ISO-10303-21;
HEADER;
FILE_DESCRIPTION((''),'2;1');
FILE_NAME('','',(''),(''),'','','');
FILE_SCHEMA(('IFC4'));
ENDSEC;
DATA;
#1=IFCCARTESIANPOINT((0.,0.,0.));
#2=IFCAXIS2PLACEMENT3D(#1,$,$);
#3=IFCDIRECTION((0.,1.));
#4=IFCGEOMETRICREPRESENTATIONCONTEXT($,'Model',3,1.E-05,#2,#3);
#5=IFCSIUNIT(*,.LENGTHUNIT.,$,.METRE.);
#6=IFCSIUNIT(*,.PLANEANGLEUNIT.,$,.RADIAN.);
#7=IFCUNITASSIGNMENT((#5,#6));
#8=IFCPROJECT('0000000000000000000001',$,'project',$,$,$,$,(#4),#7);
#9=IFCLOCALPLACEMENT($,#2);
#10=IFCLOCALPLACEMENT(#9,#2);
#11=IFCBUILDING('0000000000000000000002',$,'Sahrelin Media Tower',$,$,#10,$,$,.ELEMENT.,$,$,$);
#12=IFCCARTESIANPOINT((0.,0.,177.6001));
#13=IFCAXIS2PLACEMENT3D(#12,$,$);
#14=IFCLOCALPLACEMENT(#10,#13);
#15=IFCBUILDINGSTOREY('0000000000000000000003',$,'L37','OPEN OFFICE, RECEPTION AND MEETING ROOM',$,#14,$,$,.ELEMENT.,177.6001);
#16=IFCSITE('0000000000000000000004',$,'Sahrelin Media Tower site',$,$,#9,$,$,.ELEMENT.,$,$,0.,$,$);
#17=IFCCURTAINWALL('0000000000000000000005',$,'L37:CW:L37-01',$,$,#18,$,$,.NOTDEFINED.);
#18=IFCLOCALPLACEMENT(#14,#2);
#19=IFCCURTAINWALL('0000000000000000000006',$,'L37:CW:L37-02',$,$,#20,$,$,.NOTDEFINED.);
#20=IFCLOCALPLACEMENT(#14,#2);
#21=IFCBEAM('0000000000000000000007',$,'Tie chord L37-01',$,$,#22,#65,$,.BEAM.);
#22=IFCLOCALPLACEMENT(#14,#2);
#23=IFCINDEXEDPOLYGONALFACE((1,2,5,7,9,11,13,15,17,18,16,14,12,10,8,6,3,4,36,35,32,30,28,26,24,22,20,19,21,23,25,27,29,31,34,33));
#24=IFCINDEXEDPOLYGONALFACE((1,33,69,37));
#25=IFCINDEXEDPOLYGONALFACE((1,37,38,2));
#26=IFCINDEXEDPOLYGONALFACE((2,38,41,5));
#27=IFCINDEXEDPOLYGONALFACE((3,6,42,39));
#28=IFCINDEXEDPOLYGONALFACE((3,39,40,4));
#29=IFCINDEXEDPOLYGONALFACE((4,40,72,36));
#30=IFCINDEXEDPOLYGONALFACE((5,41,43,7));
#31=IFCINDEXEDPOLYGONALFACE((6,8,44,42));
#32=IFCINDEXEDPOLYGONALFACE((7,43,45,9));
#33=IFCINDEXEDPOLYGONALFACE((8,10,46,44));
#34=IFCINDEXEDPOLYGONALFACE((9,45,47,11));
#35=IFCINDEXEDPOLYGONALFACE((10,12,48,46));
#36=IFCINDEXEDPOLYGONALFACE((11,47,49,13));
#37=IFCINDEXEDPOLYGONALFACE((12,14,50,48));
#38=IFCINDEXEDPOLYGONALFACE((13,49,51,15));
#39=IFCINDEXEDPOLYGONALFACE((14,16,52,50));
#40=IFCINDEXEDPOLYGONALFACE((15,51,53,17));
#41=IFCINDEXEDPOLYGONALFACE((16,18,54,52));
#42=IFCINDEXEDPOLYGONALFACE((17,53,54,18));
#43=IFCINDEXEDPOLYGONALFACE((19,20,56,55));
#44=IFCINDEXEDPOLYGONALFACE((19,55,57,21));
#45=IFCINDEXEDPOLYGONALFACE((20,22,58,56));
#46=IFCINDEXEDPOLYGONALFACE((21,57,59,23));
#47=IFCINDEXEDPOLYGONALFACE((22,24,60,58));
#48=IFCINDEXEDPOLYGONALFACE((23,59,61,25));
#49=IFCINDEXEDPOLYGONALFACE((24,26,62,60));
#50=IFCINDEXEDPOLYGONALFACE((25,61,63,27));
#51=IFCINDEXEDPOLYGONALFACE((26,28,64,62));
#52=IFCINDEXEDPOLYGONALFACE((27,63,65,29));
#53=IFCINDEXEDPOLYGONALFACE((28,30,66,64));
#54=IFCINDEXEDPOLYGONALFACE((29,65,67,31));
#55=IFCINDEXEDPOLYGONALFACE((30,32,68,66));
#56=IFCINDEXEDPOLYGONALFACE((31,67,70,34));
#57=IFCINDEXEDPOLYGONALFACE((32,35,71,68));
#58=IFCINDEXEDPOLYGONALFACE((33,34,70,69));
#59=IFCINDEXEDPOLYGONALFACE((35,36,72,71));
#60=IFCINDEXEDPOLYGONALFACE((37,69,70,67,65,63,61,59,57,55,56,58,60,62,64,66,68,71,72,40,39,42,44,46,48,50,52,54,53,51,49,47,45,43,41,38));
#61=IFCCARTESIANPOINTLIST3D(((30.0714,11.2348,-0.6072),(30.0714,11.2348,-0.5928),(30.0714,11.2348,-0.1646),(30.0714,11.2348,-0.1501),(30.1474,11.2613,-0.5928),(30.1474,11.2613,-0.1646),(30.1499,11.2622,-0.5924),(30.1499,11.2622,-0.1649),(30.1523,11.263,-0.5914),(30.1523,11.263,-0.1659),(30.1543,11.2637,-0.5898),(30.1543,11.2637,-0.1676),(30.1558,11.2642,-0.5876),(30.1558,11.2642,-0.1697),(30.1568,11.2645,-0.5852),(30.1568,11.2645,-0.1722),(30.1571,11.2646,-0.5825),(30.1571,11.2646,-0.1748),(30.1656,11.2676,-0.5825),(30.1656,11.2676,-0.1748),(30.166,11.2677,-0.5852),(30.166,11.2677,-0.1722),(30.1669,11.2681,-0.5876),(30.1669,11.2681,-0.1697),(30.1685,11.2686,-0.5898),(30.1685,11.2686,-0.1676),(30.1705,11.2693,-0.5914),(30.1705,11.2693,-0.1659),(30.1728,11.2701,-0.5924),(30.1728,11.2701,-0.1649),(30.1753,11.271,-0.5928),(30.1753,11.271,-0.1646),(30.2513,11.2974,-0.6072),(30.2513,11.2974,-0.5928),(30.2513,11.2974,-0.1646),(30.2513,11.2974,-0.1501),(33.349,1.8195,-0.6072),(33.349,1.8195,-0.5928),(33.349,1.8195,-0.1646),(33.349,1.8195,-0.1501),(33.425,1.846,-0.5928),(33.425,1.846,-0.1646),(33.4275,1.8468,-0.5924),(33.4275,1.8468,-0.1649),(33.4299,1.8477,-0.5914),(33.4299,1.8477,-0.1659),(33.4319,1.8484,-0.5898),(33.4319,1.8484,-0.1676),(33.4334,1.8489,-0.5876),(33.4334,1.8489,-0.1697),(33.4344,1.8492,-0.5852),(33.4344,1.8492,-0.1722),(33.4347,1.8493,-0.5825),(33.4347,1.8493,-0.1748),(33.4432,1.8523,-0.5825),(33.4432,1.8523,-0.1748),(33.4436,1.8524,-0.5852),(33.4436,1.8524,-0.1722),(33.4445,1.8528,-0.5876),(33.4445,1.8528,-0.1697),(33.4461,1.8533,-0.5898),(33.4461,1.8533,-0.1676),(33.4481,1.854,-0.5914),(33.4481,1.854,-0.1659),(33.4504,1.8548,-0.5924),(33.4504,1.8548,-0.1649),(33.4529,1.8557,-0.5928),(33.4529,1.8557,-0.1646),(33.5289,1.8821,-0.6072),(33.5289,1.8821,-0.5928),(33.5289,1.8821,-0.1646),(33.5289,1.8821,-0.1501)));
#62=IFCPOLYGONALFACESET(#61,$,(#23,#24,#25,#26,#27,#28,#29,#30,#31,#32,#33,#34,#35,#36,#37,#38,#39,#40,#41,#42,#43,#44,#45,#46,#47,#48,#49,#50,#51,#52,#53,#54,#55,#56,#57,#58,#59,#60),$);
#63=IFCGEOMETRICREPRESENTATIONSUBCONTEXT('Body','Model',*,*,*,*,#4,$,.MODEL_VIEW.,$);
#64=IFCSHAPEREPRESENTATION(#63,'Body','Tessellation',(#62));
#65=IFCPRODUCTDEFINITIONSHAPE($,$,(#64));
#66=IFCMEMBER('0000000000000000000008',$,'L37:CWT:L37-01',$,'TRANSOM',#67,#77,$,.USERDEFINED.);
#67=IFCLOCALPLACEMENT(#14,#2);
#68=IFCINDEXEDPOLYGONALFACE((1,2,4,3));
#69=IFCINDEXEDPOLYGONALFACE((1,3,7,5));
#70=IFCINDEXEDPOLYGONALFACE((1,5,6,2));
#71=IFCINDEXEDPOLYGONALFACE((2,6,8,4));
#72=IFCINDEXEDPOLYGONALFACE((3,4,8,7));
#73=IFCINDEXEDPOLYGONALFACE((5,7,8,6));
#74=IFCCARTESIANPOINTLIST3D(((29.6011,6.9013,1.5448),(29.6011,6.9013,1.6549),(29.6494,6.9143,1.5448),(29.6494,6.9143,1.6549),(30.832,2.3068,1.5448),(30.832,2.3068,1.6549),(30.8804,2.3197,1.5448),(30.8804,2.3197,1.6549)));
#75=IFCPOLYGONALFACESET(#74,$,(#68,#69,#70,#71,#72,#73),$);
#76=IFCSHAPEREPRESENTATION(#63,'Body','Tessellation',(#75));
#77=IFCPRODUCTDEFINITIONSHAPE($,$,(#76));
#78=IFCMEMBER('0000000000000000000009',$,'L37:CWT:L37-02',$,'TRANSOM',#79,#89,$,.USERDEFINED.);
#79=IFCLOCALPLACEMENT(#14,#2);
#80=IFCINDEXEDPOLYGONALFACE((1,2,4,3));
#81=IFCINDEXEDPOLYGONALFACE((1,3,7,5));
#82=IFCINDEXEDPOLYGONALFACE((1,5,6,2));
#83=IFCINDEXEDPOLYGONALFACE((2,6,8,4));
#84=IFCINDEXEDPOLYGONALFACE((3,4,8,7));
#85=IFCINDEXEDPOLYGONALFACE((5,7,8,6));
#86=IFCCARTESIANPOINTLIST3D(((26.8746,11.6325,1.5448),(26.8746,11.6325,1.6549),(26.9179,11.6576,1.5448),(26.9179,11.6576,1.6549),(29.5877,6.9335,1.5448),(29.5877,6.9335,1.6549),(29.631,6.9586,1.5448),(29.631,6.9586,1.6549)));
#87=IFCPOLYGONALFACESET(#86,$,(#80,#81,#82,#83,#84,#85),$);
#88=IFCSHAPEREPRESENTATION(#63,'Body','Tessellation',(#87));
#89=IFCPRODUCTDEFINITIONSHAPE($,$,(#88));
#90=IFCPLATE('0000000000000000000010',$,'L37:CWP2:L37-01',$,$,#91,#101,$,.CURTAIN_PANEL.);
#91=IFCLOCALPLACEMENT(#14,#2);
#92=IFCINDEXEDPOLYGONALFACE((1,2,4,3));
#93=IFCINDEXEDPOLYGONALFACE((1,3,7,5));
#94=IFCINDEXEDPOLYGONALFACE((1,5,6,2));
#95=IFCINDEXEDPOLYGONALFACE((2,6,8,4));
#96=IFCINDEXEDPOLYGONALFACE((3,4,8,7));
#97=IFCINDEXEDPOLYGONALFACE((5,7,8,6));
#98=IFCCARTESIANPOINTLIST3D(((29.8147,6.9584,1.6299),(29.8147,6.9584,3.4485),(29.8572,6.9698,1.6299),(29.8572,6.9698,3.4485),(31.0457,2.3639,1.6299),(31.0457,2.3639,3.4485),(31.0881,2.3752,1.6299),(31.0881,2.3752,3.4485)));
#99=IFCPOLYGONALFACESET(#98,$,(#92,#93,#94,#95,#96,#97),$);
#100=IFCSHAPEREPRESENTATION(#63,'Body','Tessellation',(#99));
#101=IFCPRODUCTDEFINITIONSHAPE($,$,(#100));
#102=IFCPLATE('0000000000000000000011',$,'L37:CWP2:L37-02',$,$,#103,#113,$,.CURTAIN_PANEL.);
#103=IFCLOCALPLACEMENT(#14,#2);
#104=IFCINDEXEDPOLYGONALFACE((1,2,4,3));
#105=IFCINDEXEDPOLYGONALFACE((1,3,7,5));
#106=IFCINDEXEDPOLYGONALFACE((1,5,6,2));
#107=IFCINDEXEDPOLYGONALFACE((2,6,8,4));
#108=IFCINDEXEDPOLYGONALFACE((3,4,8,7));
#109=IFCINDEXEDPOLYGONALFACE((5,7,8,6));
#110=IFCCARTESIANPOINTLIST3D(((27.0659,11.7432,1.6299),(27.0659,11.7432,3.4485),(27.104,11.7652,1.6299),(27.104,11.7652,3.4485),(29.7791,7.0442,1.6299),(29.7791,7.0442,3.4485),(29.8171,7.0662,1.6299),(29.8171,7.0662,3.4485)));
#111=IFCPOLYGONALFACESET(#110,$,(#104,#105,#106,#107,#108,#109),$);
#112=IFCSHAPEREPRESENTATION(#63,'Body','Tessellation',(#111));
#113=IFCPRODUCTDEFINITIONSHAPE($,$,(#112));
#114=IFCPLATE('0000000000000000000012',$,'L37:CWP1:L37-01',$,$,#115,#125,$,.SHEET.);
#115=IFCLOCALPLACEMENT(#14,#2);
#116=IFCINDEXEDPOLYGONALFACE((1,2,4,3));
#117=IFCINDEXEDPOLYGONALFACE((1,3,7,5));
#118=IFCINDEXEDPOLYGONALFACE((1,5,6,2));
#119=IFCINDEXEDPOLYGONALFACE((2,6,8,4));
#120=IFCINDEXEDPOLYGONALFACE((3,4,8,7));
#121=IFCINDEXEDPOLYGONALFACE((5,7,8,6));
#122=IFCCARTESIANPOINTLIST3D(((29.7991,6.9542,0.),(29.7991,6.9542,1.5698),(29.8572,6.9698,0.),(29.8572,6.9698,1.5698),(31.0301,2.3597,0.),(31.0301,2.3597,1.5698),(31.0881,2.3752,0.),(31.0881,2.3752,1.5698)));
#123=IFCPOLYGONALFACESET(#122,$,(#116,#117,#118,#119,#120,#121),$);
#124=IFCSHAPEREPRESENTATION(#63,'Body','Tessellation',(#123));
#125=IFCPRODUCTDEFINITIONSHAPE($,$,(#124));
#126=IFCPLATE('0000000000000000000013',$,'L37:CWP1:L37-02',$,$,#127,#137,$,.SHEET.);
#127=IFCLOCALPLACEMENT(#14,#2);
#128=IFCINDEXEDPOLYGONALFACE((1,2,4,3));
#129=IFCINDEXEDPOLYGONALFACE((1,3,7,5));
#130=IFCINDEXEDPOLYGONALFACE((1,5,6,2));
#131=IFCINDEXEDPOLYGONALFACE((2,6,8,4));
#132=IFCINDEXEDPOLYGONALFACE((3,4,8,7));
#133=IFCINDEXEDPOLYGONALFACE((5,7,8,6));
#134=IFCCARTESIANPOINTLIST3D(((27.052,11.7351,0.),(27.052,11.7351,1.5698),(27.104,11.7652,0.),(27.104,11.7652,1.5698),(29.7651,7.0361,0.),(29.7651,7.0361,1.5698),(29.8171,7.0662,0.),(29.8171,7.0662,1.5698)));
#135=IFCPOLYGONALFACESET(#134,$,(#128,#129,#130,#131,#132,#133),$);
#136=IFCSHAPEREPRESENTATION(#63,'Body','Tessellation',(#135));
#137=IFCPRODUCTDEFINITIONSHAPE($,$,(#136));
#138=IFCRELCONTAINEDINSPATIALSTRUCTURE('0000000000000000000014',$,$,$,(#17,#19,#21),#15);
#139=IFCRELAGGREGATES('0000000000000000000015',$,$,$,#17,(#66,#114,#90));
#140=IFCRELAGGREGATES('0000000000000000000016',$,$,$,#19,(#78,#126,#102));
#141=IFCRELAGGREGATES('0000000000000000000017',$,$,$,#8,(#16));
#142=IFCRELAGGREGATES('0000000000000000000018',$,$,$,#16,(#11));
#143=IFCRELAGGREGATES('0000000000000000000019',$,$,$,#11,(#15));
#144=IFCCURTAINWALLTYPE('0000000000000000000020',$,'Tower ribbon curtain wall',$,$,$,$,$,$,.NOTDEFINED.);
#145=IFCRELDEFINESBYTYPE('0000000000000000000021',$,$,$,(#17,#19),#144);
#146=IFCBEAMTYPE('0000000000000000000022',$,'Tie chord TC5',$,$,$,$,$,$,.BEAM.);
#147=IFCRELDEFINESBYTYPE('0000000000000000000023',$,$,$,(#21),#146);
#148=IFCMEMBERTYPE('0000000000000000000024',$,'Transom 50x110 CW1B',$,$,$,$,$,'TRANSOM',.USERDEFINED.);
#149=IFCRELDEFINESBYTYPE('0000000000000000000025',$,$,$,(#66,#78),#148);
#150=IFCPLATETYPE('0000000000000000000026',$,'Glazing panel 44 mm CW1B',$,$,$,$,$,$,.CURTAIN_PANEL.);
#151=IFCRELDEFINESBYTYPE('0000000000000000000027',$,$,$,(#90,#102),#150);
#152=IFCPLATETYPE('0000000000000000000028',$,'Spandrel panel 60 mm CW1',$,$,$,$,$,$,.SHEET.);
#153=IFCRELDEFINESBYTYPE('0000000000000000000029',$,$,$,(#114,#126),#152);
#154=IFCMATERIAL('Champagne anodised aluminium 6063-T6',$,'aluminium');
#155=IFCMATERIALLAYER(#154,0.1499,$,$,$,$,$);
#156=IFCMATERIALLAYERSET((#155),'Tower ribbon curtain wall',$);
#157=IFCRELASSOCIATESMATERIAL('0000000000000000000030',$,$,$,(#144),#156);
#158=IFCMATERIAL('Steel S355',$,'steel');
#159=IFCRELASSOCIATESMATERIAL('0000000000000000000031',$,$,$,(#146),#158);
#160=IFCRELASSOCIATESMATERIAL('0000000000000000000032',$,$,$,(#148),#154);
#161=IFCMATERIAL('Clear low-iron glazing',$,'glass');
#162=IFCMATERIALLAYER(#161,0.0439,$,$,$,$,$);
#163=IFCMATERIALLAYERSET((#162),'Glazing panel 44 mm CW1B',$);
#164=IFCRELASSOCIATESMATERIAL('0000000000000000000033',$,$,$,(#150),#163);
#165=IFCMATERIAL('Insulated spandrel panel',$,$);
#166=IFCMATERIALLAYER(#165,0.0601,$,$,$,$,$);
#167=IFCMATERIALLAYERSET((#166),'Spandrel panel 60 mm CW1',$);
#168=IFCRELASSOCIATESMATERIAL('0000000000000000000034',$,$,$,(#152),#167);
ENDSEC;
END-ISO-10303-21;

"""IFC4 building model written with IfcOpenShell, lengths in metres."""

from ifc_helpers import new_model, si_unit, direction, frame, origin, origin_2d, place, context, subcontext, project, spatial, polyline, rectangle, i_section, outline, extrude, material, layer, layer_set, material_profile, profile_set, type_object, element, aggregate, save


model = new_model("IFC4")

# Units and contexts
model_context = context("Model", 3, precision=1e-05, world=origin(), true_north=direction((0.0, 1.0)))
body_context = subcontext(model_context, "Body", "Model", "MODEL_VIEW")
ifc_project = project(units=[si_unit("LENGTHUNIT", "METRE"), si_unit("PLANEANGLEUNIT", "RADIAN")], contexts=[model_context])

# Site, building, storey
site_placement = place(None, origin())
site = spatial("IfcSite", under=ifc_project, at=site_placement, Name="Sahrelin Media Tower site", CompositionType="ELEMENT", RefElevation=0.0)
building_placement = place(site_placement, origin())
building = spatial("IfcBuilding", under=site, at=building_placement, Name="Sahrelin Media Tower", CompositionType="ELEMENT")
storey_placement = place(building_placement, frame((0.0, 0.0, 177.6001)))
storey = spatial("IfcBuildingStorey", under=building, at=storey_placement, Name="L37", Description="OPEN OFFICE, RECEPTION AND MEETING ROOM", CompositionType="ELEMENT", Elevation=177.6001)

# Shared definitions
ifc_material_1 = material(Name="Steel S355", Category="steel")

# Curtain walls
ifc_material_2 = material(Name="Champagne anodised aluminium 6063-T6", Category="aluminium")
ifc_layer_1 = layer(ifc_material_2, 0.1499)
ifc_layer_set_1 = layer_set([ifc_layer_1], Name="Tower ribbon curtain wall")
curtain_wall_type = type_object("IfcCurtainWallType", Name="Tower ribbon curtain wall", PredefinedType="NOTDEFINED", material=ifc_layer_set_1)
curtain_wall_1_placement = place(storey_placement, frame((30.4534, 4.6672, 0.0), z_axis=(0.0, 0.0, 1.0), x_axis=(1.0, 0.0, 0.0)))
curtain_wall_1 = element("IfcCurtainWall", 1, at=curtain_wall_1_placement, inside=storey, type_object=curtain_wall_type, Name="L37:CW:L37-01", PredefinedType="NOTDEFINED")
curtain_wall_2_placement = place(storey_placement, frame((28.4434, 9.4055, 0.0), z_axis=(0.0, 0.0, 1.0), x_axis=(1.0, 0.0, 0.0)))
curtain_wall_2 = element("IfcCurtainWall", 2, at=curtain_wall_2_placement, inside=storey, type_object=curtain_wall_type, Name="L37:CW:L37-02", PredefinedType="NOTDEFINED")

# Beam
ifc_material_profile_1 = material_profile(ifc_material_1, i_section(OverallWidth=0.1904, OverallDepth=0.457, WebThickness=0.009, FlangeThickness=0.0144, FilletRadius=0.0103, at=origin_2d()), Name="UB 457x191x74")
ifc_profile_set_1 = profile_set([ifc_material_profile_1], Name="Steel S355")
beam_type_1 = type_object("IfcBeamType", Name="Tie chord TC5", PredefinedType="BEAM", material=ifc_profile_set_1)
beam_1_placement = place(storey_placement, frame((33.439, 1.8508, -0.3787), z_axis=(-0.328763, 0.944413, 0.0), x_axis=(-0.944413, -0.328763, 0.0)))
element("IfcBeam", 3, at=beam_1_placement, inside=storey, type_object=beam_type_1, Name="Tie chord L37-01", PredefinedType="BEAM", context=body_context, shape_type="SweptSolid", body=[
    extrude(i_section(OverallWidth=0.1904, OverallDepth=0.457, WebThickness=0.009, FlangeThickness=0.0144, FilletRadius=0.0103, at=origin_2d()), origin(), (0.0, 0.0, 1.0), 9.9695),
])

# Members
ifc_material_profile_2 = material_profile(ifc_material_2, rectangle(XDim=0.05, YDim=0.1101, at=origin_2d()), Name="Transom 50x110")
ifc_profile_set_2 = profile_set([ifc_material_profile_2], Name="Champagne anodised aluminium 6063-T6")
member_type_1 = type_object("IfcMemberType", Name="Transom 50x110 CW1B", ElementType="TRANSOM", PredefinedType="USERDEFINED", material=ifc_profile_set_2)
member_1_placement = place(storey_placement, frame((30.8562, 2.3132, 1.5999), z_axis=(-0.258793, 0.965933, 0.0), x_axis=(-0.965933, -0.258793, 0.0)))
member_1 = element("IfcMember", 4, at=member_1_placement, type_object=member_type_1, Name="L37:CWT:L37-01", ObjectType="TRANSOM", PredefinedType="USERDEFINED", context=body_context, shape_type="SweptSolid", body=[
    extrude(rectangle(XDim=0.05, YDim=0.1101, at=origin_2d()), origin(), (0.0, 0.0, 1.0), 4.7566),
])
member_2_placement = place(storey_placement, frame((29.6094, 6.946, 1.5999), z_axis=(-0.500025, 0.866011, 0.0), x_axis=(-0.866011, -0.500025, 0.0)))
member_2 = element("IfcMember", 5, at=member_2_placement, type_object=member_type_1, Name="L37:CWT:L37-02", ObjectType="TRANSOM", PredefinedType="USERDEFINED", context=body_context, shape_type="SweptSolid", body=[
    extrude(rectangle(XDim=0.05, YDim=0.1101, at=origin_2d()), origin(), (0.0, 0.0, 1.0), 5.426),
])

# Plates
ifc_material_3 = material(Name="Clear low-iron glazing", Category="glass")
ifc_layer_2 = layer(ifc_material_3, 0.0439)
ifc_layer_set_2 = layer_set([ifc_layer_2], Name="Glazing panel 44 mm CW1B")
plate_type_1 = type_object("IfcPlateType", Name="Glazing panel 44 mm CW1B", PredefinedType="CURTAIN_PANEL", material=ifc_layer_set_2)
plate_1_placement = place(storey_placement, frame((31.0881, 2.3752, 1.6299), z_axis=(0.965933, 0.258793, 0.0), x_axis=(-0.258793, 0.965933, 0.0)))
plate_1 = element("IfcPlate", 6, at=plate_1_placement, type_object=plate_type_1, Name="L37:CWP2:L37-01", PredefinedType="CURTAIN_PANEL", context=body_context, shape_type="SweptSolid", body=[
    extrude(outline(polyline([(0.0, 0.0), (4.7566, 0.0), (4.7566, 1.8186), (0.0, 1.8186), (0.0, 0.0)])), origin(), (0.0, 0.0, -1.0), 0.0439),
])
plate_2_placement = place(storey_placement, frame((29.8171, 7.0662, 1.6299), z_axis=(0.866011, 0.500025, 0.0), x_axis=(-0.500025, 0.866011, 0.0)))
plate_2 = element("IfcPlate", 7, at=plate_2_placement, type_object=plate_type_1, Name="L37:CWP2:L37-02", PredefinedType="CURTAIN_PANEL", context=body_context, shape_type="SweptSolid", body=[
    extrude(outline(polyline([(0.0, 0.0), (5.426, 0.0), (5.426, 1.8186), (0.0, 1.8186), (0.0, 0.0)])), origin(), (0.0, 0.0, -1.0), 0.0439),
])
ifc_material_4 = material(Name="Insulated spandrel panel")
ifc_layer_3 = layer(ifc_material_4, 0.0601)
ifc_layer_set_3 = layer_set([ifc_layer_3], Name="Spandrel panel 60 mm CW1")
plate_type_2 = type_object("IfcPlateType", Name="Spandrel panel 60 mm CW1", PredefinedType="SHEET", material=ifc_layer_set_3)
plate_3_placement = place(storey_placement, frame((31.0881, 2.3752, 0.0), z_axis=(0.965933, 0.258793, 0.0), x_axis=(-0.258793, 0.965933, 0.0)))
plate_3 = element("IfcPlate", 8, at=plate_3_placement, type_object=plate_type_2, Name="L37:CWP1:L37-01", PredefinedType="SHEET", context=body_context, shape_type="SweptSolid", body=[
    extrude(outline(polyline([(0.0, 0.0), (4.7566, 0.0), (4.7566, 1.5698), (0.0, 1.5698), (0.0, 0.0)])), origin(), (0.0, 0.0, -1.0), 0.0601),
])
aggregate(curtain_wall_1, [member_1, plate_3, plate_1])
plate_4_placement = place(storey_placement, frame((29.8171, 7.0662, 0.0), z_axis=(0.866011, 0.500025, 0.0), x_axis=(-0.500025, 0.866011, 0.0)))
plate_4 = element("IfcPlate", 9, at=plate_4_placement, type_object=plate_type_2, Name="L37:CWP1:L37-02", PredefinedType="SHEET", context=body_context, shape_type="SweptSolid", body=[
    extrude(outline(polyline([(0.0, 0.0), (5.426, 0.0), (5.426, 1.5698), (0.0, 1.5698), (0.0, 0.0)])), origin(), (0.0, 0.0, -1.0), 0.0601),
])
aggregate(curtain_wall_2, [member_2, plate_4, plate_2])

save(model, "model.ifc")
